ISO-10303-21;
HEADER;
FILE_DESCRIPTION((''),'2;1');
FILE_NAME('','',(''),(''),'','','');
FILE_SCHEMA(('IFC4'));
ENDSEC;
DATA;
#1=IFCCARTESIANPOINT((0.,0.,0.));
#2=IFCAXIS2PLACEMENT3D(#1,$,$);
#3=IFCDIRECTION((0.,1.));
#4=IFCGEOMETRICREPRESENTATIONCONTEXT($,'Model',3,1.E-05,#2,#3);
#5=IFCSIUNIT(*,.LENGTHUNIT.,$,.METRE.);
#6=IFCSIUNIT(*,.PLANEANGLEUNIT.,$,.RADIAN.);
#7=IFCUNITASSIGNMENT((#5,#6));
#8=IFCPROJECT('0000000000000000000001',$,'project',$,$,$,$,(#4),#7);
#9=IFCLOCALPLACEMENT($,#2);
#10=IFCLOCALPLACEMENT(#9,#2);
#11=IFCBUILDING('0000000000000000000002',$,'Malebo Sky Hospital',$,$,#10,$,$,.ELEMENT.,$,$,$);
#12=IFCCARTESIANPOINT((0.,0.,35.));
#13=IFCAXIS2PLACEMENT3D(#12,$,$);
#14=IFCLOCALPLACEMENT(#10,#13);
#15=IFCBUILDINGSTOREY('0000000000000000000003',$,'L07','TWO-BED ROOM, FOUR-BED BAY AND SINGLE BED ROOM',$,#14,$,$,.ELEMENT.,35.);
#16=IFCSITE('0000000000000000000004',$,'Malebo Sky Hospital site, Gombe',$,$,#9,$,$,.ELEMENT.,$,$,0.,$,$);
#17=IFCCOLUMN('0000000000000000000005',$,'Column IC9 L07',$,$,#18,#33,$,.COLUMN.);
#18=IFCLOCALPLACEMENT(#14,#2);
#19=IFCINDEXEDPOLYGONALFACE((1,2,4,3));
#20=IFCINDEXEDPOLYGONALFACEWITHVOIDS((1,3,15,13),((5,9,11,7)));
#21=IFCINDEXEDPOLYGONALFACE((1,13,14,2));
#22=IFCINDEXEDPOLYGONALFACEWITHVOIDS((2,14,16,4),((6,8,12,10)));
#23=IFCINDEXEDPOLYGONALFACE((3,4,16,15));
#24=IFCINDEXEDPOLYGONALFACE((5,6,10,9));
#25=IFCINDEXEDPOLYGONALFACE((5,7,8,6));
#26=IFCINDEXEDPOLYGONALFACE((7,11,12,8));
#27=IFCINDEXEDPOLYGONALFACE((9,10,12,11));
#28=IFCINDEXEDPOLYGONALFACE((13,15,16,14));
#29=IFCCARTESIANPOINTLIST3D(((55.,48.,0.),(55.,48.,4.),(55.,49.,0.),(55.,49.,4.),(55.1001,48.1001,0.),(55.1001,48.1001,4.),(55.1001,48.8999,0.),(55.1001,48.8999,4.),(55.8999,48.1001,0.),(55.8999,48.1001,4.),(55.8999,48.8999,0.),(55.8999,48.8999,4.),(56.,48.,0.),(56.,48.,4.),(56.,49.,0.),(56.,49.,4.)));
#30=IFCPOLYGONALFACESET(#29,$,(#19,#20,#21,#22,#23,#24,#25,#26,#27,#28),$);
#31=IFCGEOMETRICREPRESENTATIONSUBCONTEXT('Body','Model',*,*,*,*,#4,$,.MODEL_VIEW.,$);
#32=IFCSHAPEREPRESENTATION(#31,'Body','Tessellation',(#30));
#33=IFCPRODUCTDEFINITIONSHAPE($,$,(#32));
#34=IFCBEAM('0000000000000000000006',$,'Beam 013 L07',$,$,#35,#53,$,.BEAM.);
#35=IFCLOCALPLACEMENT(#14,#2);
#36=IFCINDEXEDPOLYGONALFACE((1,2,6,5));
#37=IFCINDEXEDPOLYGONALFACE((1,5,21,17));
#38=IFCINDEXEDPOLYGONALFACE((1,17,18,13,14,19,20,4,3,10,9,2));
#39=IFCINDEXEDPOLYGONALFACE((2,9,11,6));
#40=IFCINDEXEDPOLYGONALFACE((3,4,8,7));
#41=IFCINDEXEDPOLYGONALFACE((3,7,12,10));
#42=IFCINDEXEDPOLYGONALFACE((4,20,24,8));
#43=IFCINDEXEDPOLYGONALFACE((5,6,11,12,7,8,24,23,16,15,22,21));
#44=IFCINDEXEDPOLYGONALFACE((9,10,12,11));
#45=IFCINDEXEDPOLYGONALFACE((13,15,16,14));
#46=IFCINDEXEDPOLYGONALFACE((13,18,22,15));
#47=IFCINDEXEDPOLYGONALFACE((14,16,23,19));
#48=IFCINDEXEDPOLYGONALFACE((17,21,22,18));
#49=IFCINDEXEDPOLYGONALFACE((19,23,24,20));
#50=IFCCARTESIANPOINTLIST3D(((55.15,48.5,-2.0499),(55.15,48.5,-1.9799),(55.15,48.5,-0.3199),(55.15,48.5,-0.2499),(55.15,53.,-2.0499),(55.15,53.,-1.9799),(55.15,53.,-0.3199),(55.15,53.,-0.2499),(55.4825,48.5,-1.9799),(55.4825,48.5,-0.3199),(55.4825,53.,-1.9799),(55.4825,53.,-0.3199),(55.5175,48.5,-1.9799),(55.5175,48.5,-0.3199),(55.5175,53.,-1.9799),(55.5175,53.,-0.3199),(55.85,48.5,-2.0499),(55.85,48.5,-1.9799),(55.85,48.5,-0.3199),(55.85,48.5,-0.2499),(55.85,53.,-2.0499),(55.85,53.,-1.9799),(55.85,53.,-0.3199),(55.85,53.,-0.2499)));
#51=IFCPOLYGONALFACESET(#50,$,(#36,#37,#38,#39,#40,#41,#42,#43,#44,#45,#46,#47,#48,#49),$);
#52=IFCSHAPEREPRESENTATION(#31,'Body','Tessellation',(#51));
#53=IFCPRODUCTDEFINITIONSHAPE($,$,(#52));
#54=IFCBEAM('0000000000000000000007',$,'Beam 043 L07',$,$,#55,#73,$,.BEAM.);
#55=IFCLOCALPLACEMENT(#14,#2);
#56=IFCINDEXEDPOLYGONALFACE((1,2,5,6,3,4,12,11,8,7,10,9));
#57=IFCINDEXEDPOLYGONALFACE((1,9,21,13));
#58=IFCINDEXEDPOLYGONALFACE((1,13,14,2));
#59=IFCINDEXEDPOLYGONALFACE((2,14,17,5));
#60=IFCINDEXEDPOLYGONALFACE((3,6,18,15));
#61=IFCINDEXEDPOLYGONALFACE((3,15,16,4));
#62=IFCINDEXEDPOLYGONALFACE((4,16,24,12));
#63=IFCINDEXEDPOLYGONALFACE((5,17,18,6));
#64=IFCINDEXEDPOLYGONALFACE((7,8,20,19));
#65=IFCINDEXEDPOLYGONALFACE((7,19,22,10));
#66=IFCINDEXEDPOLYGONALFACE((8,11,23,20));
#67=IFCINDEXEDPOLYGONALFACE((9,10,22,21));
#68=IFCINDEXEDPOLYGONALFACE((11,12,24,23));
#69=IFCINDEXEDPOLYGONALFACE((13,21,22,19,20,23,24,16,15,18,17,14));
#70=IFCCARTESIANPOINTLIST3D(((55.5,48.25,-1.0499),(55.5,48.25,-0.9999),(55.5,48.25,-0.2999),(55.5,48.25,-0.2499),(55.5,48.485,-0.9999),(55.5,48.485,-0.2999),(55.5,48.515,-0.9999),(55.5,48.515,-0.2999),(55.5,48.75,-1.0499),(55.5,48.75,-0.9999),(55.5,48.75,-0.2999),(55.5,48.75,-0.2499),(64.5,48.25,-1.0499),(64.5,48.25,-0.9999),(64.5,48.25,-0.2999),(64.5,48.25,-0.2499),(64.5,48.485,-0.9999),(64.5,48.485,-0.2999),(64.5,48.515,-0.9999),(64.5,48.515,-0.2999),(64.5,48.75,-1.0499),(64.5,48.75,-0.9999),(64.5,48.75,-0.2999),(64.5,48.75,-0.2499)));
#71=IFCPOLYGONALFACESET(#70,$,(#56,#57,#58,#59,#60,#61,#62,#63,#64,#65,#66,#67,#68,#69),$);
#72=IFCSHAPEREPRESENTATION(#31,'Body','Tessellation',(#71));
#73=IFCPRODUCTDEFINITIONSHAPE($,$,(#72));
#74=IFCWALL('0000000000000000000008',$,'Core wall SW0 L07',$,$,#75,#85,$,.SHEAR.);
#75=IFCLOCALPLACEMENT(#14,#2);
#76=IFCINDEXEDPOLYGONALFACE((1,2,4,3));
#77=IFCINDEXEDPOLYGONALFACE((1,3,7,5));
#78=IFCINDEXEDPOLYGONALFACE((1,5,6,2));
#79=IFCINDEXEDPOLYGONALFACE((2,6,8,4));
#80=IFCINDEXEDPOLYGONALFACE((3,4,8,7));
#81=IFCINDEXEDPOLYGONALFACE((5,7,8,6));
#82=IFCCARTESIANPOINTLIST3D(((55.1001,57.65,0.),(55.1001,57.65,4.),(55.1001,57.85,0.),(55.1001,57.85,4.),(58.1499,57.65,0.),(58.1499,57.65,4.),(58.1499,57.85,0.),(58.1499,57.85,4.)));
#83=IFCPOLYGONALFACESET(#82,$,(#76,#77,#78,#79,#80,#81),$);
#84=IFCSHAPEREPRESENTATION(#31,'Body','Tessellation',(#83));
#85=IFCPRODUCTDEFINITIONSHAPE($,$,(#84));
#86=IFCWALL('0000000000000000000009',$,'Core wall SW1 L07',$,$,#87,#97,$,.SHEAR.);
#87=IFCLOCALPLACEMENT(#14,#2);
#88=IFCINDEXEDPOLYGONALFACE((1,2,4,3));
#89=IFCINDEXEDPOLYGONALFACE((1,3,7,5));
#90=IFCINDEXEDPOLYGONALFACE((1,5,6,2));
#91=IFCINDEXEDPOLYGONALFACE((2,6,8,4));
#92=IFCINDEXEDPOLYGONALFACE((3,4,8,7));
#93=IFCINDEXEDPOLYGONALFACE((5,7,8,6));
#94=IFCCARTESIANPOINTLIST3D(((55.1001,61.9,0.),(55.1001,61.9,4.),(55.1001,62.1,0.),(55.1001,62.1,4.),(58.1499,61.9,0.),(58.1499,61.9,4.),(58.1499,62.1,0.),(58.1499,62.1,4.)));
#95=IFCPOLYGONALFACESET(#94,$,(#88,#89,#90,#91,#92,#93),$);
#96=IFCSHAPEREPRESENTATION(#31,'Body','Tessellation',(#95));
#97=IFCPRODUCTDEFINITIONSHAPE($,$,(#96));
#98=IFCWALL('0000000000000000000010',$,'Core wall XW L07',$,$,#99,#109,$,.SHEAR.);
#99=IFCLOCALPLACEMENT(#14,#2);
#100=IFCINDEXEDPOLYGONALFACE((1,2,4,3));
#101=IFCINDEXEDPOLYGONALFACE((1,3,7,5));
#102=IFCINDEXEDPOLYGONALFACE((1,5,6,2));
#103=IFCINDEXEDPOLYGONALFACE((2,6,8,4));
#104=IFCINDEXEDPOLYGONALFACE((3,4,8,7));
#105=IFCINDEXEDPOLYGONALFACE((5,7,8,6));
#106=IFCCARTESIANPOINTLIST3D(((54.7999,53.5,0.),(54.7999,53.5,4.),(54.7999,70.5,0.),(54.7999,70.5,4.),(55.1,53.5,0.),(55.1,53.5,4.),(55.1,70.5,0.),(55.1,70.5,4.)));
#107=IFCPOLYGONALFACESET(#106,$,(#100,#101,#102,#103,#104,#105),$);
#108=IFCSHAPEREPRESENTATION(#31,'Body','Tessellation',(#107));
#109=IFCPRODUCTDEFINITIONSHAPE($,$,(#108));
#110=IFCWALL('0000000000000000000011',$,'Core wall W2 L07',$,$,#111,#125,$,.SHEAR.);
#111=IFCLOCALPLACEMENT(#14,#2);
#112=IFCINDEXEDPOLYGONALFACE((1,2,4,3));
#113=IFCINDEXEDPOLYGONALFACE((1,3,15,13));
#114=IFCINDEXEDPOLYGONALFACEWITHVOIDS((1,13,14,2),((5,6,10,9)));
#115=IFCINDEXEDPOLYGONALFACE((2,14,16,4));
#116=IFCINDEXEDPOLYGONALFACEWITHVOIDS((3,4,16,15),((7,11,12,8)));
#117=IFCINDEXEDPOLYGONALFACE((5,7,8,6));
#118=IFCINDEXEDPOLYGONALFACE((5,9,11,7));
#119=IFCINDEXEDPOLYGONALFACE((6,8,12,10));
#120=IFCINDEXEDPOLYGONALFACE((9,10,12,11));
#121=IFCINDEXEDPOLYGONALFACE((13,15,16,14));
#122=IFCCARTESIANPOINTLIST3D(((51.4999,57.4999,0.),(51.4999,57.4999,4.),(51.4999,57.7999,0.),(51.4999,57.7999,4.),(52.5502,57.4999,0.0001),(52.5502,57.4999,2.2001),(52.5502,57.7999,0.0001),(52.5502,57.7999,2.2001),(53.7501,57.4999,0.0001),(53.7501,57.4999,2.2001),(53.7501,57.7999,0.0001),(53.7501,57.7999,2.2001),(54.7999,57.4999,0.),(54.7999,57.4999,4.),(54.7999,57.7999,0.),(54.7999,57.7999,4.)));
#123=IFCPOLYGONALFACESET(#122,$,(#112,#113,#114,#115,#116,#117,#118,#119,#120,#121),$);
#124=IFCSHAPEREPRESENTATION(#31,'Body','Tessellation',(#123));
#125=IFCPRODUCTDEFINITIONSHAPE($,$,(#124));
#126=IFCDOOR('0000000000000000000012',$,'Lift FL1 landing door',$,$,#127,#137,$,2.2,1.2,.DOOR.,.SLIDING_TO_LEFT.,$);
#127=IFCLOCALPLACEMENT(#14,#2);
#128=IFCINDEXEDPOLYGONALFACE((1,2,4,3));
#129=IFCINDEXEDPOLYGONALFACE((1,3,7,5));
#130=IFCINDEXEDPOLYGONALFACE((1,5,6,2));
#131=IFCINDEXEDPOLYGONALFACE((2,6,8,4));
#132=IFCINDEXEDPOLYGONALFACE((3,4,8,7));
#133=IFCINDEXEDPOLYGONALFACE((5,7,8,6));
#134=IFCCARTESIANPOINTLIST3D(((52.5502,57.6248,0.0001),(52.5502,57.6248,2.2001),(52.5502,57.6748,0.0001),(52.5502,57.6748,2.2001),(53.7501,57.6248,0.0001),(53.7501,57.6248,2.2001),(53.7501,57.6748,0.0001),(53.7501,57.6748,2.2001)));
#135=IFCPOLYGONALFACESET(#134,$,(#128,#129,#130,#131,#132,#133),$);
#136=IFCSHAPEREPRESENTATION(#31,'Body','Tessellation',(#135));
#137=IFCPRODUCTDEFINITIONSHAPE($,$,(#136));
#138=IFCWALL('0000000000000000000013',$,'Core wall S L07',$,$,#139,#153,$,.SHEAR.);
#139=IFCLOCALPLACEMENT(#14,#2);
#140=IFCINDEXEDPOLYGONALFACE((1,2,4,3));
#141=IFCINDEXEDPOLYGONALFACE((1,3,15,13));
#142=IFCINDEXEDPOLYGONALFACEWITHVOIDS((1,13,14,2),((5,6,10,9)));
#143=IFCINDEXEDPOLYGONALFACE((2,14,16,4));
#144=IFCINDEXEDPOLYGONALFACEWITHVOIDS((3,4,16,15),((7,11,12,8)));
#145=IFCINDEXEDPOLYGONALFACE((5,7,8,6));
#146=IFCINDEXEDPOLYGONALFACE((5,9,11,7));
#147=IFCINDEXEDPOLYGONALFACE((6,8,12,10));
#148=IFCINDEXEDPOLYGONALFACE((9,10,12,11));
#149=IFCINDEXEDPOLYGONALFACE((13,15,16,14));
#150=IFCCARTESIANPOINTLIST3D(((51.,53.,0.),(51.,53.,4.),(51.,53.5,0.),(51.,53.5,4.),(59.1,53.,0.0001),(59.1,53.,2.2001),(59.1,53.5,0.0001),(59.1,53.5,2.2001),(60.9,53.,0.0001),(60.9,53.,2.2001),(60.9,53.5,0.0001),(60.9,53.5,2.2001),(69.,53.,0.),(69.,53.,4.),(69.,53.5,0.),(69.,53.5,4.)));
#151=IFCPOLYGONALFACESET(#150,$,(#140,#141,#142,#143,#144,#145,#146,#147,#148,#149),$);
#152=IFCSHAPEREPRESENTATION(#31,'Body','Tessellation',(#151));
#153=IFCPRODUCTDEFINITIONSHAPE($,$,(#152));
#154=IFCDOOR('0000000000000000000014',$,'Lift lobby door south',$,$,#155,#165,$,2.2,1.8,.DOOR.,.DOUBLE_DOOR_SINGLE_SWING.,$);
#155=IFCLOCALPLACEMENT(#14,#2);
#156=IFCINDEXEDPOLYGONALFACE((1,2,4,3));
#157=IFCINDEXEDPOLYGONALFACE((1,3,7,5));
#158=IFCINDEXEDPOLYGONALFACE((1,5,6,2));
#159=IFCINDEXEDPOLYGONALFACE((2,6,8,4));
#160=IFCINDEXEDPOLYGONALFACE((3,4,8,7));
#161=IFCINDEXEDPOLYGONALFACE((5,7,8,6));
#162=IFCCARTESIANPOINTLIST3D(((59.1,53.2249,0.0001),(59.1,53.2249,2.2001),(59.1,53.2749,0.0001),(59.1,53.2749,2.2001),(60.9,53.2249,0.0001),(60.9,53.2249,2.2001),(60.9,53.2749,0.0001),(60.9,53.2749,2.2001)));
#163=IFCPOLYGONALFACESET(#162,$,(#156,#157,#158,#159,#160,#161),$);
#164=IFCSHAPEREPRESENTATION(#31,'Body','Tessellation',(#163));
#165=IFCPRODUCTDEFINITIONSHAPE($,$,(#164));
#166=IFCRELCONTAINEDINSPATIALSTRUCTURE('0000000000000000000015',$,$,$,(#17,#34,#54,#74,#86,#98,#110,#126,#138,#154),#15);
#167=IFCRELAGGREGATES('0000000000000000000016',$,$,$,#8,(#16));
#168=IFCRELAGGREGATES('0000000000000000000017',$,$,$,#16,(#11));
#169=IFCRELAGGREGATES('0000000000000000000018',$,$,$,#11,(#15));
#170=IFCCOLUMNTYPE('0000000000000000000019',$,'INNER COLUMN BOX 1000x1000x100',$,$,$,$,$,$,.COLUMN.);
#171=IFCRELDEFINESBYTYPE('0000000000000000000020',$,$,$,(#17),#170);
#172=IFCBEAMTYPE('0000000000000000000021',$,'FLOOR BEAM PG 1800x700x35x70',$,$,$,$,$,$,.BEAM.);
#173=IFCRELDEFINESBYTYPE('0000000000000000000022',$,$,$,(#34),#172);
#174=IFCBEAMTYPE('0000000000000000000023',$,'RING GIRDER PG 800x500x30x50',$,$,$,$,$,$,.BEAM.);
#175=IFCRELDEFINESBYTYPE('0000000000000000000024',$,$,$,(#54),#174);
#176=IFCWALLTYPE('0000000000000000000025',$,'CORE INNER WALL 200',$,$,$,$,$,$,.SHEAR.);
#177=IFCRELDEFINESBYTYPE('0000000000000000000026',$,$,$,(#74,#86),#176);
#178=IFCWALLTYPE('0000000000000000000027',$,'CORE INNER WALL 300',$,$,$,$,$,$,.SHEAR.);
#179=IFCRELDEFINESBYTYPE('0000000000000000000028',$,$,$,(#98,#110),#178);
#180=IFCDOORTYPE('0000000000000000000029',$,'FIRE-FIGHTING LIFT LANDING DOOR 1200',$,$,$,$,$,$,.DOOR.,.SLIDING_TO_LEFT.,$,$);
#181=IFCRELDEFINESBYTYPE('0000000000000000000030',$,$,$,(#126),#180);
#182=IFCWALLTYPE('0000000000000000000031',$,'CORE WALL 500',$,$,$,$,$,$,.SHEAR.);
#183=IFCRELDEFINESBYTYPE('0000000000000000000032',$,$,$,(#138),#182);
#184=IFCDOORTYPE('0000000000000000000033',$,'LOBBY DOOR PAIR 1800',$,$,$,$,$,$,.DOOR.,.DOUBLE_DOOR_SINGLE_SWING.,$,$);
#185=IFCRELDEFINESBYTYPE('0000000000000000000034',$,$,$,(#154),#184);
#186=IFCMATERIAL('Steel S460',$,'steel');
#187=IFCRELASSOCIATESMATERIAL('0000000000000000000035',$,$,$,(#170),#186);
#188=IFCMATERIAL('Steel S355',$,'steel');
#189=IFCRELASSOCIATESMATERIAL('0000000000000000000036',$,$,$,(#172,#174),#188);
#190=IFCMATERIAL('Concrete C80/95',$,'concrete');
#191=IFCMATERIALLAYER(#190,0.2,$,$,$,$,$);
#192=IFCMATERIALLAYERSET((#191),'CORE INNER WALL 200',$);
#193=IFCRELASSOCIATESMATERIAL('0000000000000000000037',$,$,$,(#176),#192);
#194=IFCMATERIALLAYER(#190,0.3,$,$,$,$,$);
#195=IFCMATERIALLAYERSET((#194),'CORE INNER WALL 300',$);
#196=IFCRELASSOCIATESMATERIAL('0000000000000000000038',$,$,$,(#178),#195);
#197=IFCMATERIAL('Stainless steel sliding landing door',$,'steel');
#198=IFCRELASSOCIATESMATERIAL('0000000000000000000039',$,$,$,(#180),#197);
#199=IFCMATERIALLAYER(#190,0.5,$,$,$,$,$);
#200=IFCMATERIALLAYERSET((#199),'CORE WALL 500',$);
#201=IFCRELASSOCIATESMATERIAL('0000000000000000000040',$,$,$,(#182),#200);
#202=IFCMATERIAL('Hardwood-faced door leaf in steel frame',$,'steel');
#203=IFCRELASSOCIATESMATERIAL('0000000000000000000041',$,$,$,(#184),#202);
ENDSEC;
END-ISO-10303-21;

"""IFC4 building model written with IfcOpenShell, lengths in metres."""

from ifc_helpers import new_model, si_unit, direction, frame, frame_2d, origin, origin_2d, place, context, subcontext, project, spatial, rectangle, hollow_rectangle, i_section, extrude, material, layer, layer_set, material_profile, profile_set, type_object, element, fill, save


model = new_model("IFC4")

# Units and contexts
model_context = context("Model", 3, precision=1e-05, world=origin(), true_north=direction((0.0, 1.0)))
body_context = subcontext(model_context, "Body", "Model", "MODEL_VIEW")
ifc_project = project(units=[si_unit("LENGTHUNIT", "METRE"), si_unit("PLANEANGLEUNIT", "RADIAN")], contexts=[model_context])

# Site, building, storey
site_placement = place(None, origin())
site = spatial("IfcSite", under=ifc_project, at=site_placement, Name="Malebo Sky Hospital site, Gombe", CompositionType="ELEMENT", RefElevation=0.0)
building_placement = place(site_placement, origin())
building = spatial("IfcBuilding", under=site, at=building_placement, Name="Malebo Sky Hospital", CompositionType="ELEMENT")
storey_placement = place(building_placement, frame((0.0, 0.0, 35.0)))
storey = spatial("IfcBuildingStorey", under=building, at=storey_placement, Name="L07", Description="TWO-BED ROOM, FOUR-BED BAY AND SINGLE BED ROOM", CompositionType="ELEMENT", Elevation=35.0)

# Column
ifc_material_1 = material(Name="Steel S460", Category="steel")
ifc_material_profile_1 = material_profile(ifc_material_1, hollow_rectangle(XDim=1.0, YDim=1.0, WallThickness=0.1001, at=origin_2d()), Name="BOX 1000x1000x100")
ifc_profile_set_1 = profile_set([ifc_material_profile_1], Name="Steel S460")
column_type = type_object("IfcColumnType", Name="INNER COLUMN BOX 1000x1000x100", PredefinedType="COLUMN", material=ifc_profile_set_1)
column_placement = place(storey_placement, frame((55.5, 48.5, 0.0), z_axis=(0.0, 0.0, 1.0), x_axis=(1.0, 0.0, 0.0)))
element("IfcColumn", 1, at=column_placement, inside=storey, type_object=column_type, Name="Column IC9 L07", PredefinedType="COLUMN", context=body_context, shape_type="SweptSolid", body=[
    extrude(hollow_rectangle(XDim=1.0, YDim=1.0, WallThickness=0.1001, at=origin_2d()), origin(), (0.0, 0.0, 1.0), 4.0),
])

# Beams
ifc_material_2 = material(Name="Steel S355", Category="steel")
ifc_material_profile_2 = material_profile(ifc_material_2, i_section(OverallWidth=0.7, OverallDepth=1.8, WebThickness=0.0349, FlangeThickness=0.0701, at=origin_2d()), Name="PG 1800x700x35x70")
ifc_profile_set_2 = profile_set([ifc_material_profile_2], Name="Steel S355")
beam_type_1 = type_object("IfcBeamType", Name="FLOOR BEAM PG 1800x700x35x70", PredefinedType="BEAM", material=ifc_profile_set_2)
beam_1_placement = place(storey_placement, frame((55.5, 48.5, -1.1499), z_axis=(0.0, 1.0, 0.0), x_axis=(-1.0, 0.0, 0.0)))
element("IfcBeam", 2, at=beam_1_placement, inside=storey, type_object=beam_type_1, Name="Beam 013 L07", PredefinedType="BEAM", context=body_context, shape_type="SweptSolid", body=[
    extrude(i_section(OverallWidth=0.7, OverallDepth=1.8, WebThickness=0.0349, FlangeThickness=0.0701, at=origin_2d()), origin(), (0.0, 0.0, 1.0), 4.5),
])
ifc_material_profile_3 = material_profile(ifc_material_2, i_section(OverallWidth=0.5, OverallDepth=0.8, WebThickness=0.03, FlangeThickness=0.05, at=origin_2d()), Name="PG 800x500x30x50")
ifc_profile_set_3 = profile_set([ifc_material_profile_3], Name="Steel S355")
beam_type_2 = type_object("IfcBeamType", Name="RING GIRDER PG 800x500x30x50", PredefinedType="BEAM", material=ifc_profile_set_3)
beam_2_placement = place(storey_placement, frame((55.5, 48.5, -0.6499), z_axis=(1.0, 0.0, 0.0), x_axis=(0.0, 1.0, 0.0)))
element("IfcBeam", 3, at=beam_2_placement, inside=storey, type_object=beam_type_2, Name="Beam 043 L07", PredefinedType="BEAM", context=body_context, shape_type="SweptSolid", body=[
    extrude(i_section(OverallWidth=0.5, OverallDepth=0.8, WebThickness=0.03, FlangeThickness=0.05, at=origin_2d()), origin(), (0.0, 0.0, 1.0), 9.0),
])

# Walls
ifc_material_3 = material(Name="Concrete C80/95", Category="concrete")
ifc_layer_1 = layer(ifc_material_3, 0.2)
ifc_layer_set_1 = layer_set([ifc_layer_1], Name="CORE INNER WALL 200")
wall_type_1 = type_object("IfcWallType", Name="CORE INNER WALL 200", PredefinedType="SHEAR", material=ifc_layer_set_1)
for number, where, z_axis, x_axis, name in (
    (4, (55.1001, 57.75, 0.0), (0.0, 0.0, 1.0), (1.0, 0.0, 0.0), "Core wall SW0 L07"),
    (5, (55.1001, 62.0, 0.0), (0.0, 0.0, 1.0), (1.0, 0.0, 0.0), "Core wall SW1 L07"),
):
    element("IfcWall", number, at=place(storey_placement, frame(where, z_axis=z_axis, x_axis=x_axis)), inside=storey, type_object=wall_type_1, Name=name, PredefinedType="SHEAR", context=body_context, shape_type="SweptSolid", body=[
        extrude(rectangle(XDim=3.0498, YDim=0.2, at=frame_2d((1.5249, 0.0))), origin(), (0.0, 0.0, 1.0), 4.0),
    ])
ifc_layer_2 = layer(ifc_material_3, 0.3)
ifc_layer_set_2 = layer_set([ifc_layer_2], Name="CORE INNER WALL 300")
wall_type_2 = type_object("IfcWallType", Name="CORE INNER WALL 300", PredefinedType="SHEAR", material=ifc_layer_set_2)
wall_1_placement = place(storey_placement, frame((54.95, 53.5, 0.0), z_axis=(0.0, 0.0, 1.0), x_axis=(0.0, 1.0, 0.0)))
element("IfcWall", 6, at=wall_1_placement, inside=storey, type_object=wall_type_2, Name="Core wall XW L07", PredefinedType="SHEAR", context=body_context, shape_type="SweptSolid", body=[
    extrude(rectangle(XDim=17.0, YDim=0.3, at=frame_2d((8.5, 0.0))), origin(), (0.0, 0.0, 1.0), 4.0),
])

# Walls, openings, doors
wall_2_placement = place(storey_placement, frame((51.5, 57.6499, 0.0), z_axis=(0.0, 0.0, 1.0), x_axis=(1.0, 0.0, 0.0)))
wall_2 = element("IfcWall", 7, at=wall_2_placement, inside=storey, type_object=wall_type_2, Name="Core wall W2 L07", PredefinedType="SHEAR", context=body_context, shape_type="SweptSolid", body=[
    extrude(rectangle(XDim=3.3, YDim=0.3, at=frame_2d((1.6499, 0.0))), origin(), (0.0, 0.0, 1.0), 4.0),
])
opening_1_placement = place(wall_2_placement, frame((1.05, 0.0, 0.0)))
opening_1 = element("IfcOpeningElement", 8, at=opening_1_placement, cuts=wall_2, PredefinedType="OPENING", context=body_context, shape_type="SweptSolid", body=[
    extrude(rectangle(XDim=1.2, YDim=2.2, at=frame_2d((0.6001, 1.1001))), frame((0.0, 0.1599, 0.0), z_axis=(0.0, -1.0, 0.0), x_axis=(1.0, 0.0, 0.0)), (0.0, 0.0, 1.0), 0.3201),
])
ifc_material_4 = material(Name="Stainless steel sliding landing door", Category="steel")
door_type_1 = type_object("IfcDoorType", Name="FIRE-FIGHTING LIFT LANDING DOOR 1200", OperationType="SLIDING_TO_LEFT", PredefinedType="DOOR", material=ifc_material_4)
door_1_placement = place(opening_1_placement, origin())
door_1 = element("IfcDoor", 9, at=door_1_placement, inside=storey, type_object=door_type_1, Name="Lift FL1 landing door", OperationType="SLIDING_TO_LEFT", OverallHeight=2.2, OverallWidth=1.2, PredefinedType="DOOR", context=body_context, shape_type="SweptSolid", body=[
    extrude(rectangle(XDim=1.2, YDim=2.2, at=frame_2d((0.6001, 1.1001))), frame((0.0, 0.0249, 0.0), z_axis=(0.0, -1.0, 0.0), x_axis=(1.0, 0.0, 0.0)), (0.0, 0.0, 1.0), 0.05),
])
fill(opening_1, door_1)
ifc_layer_3 = layer(ifc_material_3, 0.5)
ifc_layer_set_3 = layer_set([ifc_layer_3], Name="CORE WALL 500")
wall_type_3 = type_object("IfcWallType", Name="CORE WALL 500", PredefinedType="SHEAR", material=ifc_layer_set_3)
wall_3_placement = place(storey_placement, frame((51.0, 53.25, 0.0), z_axis=(0.0, 0.0, 1.0), x_axis=(1.0, 0.0, 0.0)))
wall_3 = element("IfcWall", 10, at=wall_3_placement, inside=storey, type_object=wall_type_3, Name="Core wall S L07", PredefinedType="SHEAR", context=body_context, shape_type="SweptSolid", body=[
    extrude(rectangle(XDim=18.0, YDim=0.5, at=frame_2d((9.0, 0.0))), origin(), (0.0, 0.0, 1.0), 4.0),
])
opening_2_placement = place(wall_3_placement, frame((8.1001, 0.0, 0.0)))
opening_2 = element("IfcOpeningElement", 11, at=opening_2_placement, cuts=wall_3, PredefinedType="OPENING", context=body_context, shape_type="SweptSolid", body=[
    extrude(rectangle(XDim=1.8, YDim=2.2, at=frame_2d((0.8999, 1.1001))), frame((0.0, 0.26, 0.0), z_axis=(0.0, -1.0, 0.0), x_axis=(1.0, 0.0, 0.0)), (0.0, 0.0, 1.0), 0.52),
])
ifc_material_5 = material(Name="Hardwood-faced door leaf in steel frame", Category="steel")
door_type_2 = type_object("IfcDoorType", Name="LOBBY DOOR PAIR 1800", OperationType="DOUBLE_DOOR_SINGLE_SWING", PredefinedType="DOOR", material=ifc_material_5)
door_2_placement = place(opening_2_placement, origin())
door_2 = element("IfcDoor", 12, at=door_2_placement, inside=storey, type_object=door_type_2, Name="Lift lobby door south", OperationType="DOUBLE_DOOR_SINGLE_SWING", OverallHeight=2.2, OverallWidth=1.8, PredefinedType="DOOR", context=body_context, shape_type="SweptSolid", body=[
    extrude(rectangle(XDim=1.8, YDim=2.2, at=frame_2d((0.8999, 1.1001))), frame((0.0, 0.0249, 0.0), z_axis=(0.0, -1.0, 0.0), x_axis=(1.0, 0.0, 0.0)), (0.0, 0.0, 1.0), 0.05),
])
fill(opening_2, door_2)

save(model, "model.ifc")
